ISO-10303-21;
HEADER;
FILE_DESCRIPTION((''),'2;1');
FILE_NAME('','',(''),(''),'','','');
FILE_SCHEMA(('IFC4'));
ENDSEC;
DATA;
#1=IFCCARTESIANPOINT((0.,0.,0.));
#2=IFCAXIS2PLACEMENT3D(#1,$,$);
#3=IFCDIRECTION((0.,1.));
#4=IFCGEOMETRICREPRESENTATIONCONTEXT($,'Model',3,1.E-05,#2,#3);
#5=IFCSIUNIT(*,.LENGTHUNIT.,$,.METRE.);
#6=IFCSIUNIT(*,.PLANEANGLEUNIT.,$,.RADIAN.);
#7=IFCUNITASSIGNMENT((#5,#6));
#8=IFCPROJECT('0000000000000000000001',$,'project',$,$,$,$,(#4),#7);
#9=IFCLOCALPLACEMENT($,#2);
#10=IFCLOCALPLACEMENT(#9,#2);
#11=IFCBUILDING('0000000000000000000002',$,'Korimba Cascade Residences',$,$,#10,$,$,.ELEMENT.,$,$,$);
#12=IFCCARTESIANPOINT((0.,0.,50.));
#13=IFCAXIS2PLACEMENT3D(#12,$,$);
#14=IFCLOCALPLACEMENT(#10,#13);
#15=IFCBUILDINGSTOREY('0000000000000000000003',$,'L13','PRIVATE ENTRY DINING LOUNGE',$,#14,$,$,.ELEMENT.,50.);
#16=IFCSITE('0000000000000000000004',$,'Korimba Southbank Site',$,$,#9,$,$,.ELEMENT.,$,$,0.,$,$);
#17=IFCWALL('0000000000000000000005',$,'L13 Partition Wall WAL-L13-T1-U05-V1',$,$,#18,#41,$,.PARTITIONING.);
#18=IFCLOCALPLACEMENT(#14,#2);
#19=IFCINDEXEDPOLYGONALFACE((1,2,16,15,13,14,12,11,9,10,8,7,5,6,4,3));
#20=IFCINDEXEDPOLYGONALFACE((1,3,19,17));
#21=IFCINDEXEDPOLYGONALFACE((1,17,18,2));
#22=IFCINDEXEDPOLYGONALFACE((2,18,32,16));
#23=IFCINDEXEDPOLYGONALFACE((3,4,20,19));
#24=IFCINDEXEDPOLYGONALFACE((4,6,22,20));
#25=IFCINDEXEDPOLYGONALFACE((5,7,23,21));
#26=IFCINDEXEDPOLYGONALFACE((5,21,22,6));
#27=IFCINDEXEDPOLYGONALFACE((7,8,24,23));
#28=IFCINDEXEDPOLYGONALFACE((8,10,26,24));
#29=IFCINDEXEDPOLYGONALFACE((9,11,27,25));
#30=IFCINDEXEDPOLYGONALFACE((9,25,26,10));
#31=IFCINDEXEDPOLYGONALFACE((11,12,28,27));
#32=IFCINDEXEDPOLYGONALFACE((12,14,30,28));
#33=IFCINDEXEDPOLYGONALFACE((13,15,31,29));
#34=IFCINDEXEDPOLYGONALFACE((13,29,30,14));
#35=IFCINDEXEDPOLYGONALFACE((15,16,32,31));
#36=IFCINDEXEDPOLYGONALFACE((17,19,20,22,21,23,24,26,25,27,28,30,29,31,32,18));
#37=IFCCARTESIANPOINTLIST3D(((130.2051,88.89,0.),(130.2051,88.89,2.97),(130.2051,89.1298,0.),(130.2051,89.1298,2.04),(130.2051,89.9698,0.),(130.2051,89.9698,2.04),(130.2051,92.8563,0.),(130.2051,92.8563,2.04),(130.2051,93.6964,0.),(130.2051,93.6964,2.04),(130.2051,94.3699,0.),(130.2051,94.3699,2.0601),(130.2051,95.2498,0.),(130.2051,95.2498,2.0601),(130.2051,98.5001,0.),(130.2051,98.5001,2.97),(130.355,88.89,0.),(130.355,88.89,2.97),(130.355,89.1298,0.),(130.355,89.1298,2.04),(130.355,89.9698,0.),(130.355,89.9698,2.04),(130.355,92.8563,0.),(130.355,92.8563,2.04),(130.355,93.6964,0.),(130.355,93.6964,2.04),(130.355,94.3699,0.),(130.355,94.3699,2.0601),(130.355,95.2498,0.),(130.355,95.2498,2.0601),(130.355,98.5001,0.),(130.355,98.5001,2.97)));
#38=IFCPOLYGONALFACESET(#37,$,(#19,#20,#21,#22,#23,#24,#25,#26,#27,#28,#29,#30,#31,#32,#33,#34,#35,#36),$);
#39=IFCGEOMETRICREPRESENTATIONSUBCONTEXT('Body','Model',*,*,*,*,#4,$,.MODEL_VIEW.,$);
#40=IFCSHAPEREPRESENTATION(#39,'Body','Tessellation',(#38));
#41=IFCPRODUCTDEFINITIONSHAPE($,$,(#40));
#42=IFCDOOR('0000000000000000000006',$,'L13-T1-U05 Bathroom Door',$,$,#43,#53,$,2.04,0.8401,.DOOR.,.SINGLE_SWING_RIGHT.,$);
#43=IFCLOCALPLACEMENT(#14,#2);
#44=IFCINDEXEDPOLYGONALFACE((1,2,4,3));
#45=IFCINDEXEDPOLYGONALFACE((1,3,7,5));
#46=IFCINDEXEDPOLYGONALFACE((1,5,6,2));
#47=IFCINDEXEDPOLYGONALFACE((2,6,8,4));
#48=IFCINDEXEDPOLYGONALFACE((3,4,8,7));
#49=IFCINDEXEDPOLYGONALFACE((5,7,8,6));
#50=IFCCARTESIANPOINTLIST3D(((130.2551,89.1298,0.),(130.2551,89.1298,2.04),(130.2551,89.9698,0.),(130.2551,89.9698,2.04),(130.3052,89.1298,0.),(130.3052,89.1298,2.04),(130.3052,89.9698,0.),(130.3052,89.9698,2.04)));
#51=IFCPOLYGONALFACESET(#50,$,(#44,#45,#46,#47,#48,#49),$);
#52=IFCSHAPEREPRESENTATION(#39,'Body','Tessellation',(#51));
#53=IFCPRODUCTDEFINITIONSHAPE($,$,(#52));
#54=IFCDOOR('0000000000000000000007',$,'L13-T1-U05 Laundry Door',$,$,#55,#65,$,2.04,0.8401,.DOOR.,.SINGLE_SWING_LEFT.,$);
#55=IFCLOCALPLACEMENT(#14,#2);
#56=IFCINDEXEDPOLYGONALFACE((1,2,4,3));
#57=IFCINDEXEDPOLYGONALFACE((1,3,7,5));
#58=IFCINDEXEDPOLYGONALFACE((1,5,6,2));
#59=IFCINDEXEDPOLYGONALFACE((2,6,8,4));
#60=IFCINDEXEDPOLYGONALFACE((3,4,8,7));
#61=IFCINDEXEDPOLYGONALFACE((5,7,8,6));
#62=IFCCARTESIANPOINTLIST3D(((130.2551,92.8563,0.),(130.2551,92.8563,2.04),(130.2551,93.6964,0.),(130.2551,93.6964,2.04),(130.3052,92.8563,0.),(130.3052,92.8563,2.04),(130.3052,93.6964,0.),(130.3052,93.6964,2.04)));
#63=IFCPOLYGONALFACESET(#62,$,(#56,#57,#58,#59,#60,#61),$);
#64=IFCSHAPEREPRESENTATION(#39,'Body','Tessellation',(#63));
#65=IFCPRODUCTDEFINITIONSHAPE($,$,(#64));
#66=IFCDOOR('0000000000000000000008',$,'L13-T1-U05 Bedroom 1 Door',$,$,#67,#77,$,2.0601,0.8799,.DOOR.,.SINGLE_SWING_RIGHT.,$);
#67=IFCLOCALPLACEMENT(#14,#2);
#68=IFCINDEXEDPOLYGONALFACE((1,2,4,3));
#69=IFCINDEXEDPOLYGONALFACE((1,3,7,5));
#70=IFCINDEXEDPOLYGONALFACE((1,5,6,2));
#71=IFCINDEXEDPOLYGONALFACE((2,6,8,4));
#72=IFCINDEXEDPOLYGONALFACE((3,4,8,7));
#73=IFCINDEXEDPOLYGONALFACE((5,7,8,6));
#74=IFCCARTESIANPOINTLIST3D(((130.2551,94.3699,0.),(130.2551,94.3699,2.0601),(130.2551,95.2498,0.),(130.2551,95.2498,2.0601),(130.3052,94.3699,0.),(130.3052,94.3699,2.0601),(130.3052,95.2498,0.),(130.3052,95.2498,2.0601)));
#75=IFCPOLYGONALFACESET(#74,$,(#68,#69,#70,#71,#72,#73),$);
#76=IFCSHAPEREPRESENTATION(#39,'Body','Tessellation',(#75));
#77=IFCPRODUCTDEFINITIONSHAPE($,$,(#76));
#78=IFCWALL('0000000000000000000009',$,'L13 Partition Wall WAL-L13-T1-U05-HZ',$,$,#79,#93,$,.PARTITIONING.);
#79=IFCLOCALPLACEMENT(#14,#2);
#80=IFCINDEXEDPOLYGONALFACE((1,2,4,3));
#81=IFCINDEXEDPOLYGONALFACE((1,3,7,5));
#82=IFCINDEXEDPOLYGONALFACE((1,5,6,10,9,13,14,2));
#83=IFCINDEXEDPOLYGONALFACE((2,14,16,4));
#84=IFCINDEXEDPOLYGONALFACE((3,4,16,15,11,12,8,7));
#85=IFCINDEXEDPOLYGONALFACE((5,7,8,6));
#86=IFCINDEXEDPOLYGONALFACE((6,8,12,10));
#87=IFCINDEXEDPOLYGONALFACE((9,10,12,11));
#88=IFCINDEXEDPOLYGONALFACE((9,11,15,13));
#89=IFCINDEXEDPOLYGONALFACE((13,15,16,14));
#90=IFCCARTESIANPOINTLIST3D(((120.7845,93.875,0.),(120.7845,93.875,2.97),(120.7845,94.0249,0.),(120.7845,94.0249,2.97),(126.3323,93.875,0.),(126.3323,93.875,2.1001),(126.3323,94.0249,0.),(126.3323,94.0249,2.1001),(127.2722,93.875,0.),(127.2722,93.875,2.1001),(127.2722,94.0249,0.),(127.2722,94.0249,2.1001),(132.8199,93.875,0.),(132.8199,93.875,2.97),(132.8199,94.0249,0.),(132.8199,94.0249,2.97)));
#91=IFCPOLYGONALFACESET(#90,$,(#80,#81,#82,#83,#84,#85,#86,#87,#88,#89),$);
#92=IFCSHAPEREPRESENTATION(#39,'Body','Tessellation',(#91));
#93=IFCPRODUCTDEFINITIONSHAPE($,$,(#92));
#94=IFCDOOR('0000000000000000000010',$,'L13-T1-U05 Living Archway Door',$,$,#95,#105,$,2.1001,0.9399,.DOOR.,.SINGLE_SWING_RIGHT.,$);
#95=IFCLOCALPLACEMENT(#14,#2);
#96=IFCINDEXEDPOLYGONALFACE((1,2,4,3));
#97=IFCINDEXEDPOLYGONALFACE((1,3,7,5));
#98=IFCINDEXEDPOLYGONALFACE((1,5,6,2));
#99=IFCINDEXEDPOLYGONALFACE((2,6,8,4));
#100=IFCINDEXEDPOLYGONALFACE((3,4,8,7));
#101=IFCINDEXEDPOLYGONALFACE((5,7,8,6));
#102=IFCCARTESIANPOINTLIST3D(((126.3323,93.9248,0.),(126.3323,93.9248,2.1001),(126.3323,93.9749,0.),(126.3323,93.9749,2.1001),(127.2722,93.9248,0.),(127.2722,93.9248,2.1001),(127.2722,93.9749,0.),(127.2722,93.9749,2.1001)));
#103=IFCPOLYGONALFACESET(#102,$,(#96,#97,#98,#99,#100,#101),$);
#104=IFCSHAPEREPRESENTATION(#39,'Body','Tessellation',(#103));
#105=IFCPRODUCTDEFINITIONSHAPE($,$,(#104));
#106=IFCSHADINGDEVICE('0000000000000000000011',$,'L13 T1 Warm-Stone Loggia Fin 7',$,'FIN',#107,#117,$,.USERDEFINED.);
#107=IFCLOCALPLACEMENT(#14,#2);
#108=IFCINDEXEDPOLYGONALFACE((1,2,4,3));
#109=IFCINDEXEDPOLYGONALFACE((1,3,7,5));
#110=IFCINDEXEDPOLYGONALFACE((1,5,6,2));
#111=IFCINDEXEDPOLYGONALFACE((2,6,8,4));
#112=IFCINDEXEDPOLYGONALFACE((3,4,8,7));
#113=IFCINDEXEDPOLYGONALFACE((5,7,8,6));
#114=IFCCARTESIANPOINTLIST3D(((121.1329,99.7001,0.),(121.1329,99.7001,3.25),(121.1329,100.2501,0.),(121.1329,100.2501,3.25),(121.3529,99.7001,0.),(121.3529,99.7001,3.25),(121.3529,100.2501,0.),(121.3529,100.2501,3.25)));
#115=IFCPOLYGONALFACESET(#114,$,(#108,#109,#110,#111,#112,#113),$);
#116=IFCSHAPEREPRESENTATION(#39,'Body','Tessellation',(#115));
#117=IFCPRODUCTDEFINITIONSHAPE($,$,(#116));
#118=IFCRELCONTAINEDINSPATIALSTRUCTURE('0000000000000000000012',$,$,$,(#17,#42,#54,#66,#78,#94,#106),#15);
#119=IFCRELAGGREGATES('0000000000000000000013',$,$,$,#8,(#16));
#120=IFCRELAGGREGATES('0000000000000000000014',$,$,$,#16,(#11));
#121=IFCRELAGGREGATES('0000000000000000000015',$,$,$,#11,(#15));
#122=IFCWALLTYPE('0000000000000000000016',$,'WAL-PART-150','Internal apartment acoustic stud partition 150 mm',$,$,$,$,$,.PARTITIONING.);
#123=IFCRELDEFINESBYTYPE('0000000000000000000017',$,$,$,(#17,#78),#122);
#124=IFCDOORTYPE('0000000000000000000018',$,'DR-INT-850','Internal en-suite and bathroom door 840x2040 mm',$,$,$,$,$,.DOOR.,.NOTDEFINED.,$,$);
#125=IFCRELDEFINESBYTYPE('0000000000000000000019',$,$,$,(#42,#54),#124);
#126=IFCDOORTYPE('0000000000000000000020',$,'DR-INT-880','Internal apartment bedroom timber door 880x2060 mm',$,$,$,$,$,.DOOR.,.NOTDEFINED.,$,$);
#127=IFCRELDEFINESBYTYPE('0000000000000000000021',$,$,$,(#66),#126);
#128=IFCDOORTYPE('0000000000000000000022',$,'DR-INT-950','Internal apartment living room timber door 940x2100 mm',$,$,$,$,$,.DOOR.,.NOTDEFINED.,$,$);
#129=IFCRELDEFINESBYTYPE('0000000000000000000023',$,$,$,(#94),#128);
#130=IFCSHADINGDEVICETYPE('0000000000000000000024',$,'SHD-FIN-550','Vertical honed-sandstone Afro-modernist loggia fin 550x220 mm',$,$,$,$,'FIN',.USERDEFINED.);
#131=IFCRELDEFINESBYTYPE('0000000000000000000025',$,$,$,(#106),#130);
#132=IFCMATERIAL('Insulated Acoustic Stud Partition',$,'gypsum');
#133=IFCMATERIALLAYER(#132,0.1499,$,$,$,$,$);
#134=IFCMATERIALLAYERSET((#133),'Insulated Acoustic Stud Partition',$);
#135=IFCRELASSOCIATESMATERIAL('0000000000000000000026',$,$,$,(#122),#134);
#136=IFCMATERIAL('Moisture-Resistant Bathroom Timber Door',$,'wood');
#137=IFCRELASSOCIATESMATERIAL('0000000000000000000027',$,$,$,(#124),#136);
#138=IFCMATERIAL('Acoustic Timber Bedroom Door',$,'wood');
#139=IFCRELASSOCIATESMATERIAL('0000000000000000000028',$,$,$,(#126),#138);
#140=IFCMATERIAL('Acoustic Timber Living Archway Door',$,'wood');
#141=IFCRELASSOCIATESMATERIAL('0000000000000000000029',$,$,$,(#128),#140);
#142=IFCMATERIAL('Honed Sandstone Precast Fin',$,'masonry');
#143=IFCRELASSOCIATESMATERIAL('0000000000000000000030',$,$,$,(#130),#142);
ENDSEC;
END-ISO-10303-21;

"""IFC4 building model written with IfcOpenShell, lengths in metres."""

from ifc_helpers import new_model, si_unit, direction, frame, frame_2d, origin, origin_2d, place, context, subcontext, project, spatial, rectangle, extrude, material, layer, layer_set, type_object, element, fill, save


model = new_model("IFC4")

# Units and contexts
model_context = context("Model", 3, precision=1e-05, world=origin(), true_north=direction((0.0, 1.0)))
body_context = subcontext(model_context, "Body", "Model", "MODEL_VIEW")
ifc_project = project(units=[si_unit("LENGTHUNIT", "METRE"), si_unit("PLANEANGLEUNIT", "RADIAN")], contexts=[model_context])

# Site, building, storey
site_placement = place(None, origin())
site = spatial("IfcSite", under=ifc_project, at=site_placement, Name="Korimba Southbank Site", CompositionType="ELEMENT", RefElevation=0.0)
building_placement = place(site_placement, origin())
building = spatial("IfcBuilding", under=site, at=building_placement, Name="Korimba Cascade Residences", CompositionType="ELEMENT")
storey_placement = place(building_placement, frame((0.0, 0.0, 50.0)))
storey = spatial("IfcBuildingStorey", under=building, at=storey_placement, Name="L13", Description="PRIVATE ENTRY DINING LOUNGE", CompositionType="ELEMENT", Elevation=50.0)

# Shared definitions
ifc_material_1 = material(Name="Insulated Acoustic Stud Partition", Category="gypsum")
ifc_layer = layer(ifc_material_1, 0.1499)
ifc_layer_set = layer_set([ifc_layer], Name="Insulated Acoustic Stud Partition")
wall_type = type_object("IfcWallType", Name="WAL-PART-150", Description="Internal apartment acoustic stud partition 150 mm", PredefinedType="PARTITIONING", material=ifc_layer_set)

# Wall, openings, doors
wall_1_placement = place(storey_placement, frame((130.28, 88.8899, 0.0), z_axis=(0.0, 0.0, 1.0), x_axis=(0.0, 1.0, 0.0)))
wall_1 = element("IfcWall", 1, at=wall_1_placement, inside=storey, type_object=wall_type, Name="L13 Partition Wall WAL-L13-T1-U05-V1", PredefinedType="PARTITIONING", context=body_context, shape_type="SweptSolid", body=[
    extrude(rectangle(XDim=9.6101, YDim=0.1499, at=frame_2d((4.8052, 0.0))), origin(), (0.0, 0.0, 1.0), 2.97),
])
opening_1_placement = place(wall_1_placement, frame((0.24, 0.0, 0.0)))
opening_1 = element("IfcOpeningElement", 2, at=opening_1_placement, cuts=wall_1, PredefinedType="OPENING", context=body_context, shape_type="SweptSolid", body=[
    extrude(rectangle(XDim=0.8401, YDim=2.04, at=frame_2d((0.4199, 1.02))), frame((0.0, 0.085, 0.0), z_axis=(0.0, -1.0, 0.0), x_axis=(1.0, 0.0, 0.0)), (0.0, 0.0, 1.0), 0.1699),
])
opening_2_placement = place(wall_1_placement, frame((3.9666, 0.0, 0.0)))
opening_2 = element("IfcOpeningElement", 3, at=opening_2_placement, cuts=wall_1, PredefinedType="OPENING", context=body_context, shape_type="SweptSolid", body=[
    extrude(rectangle(XDim=0.8401, YDim=2.04, at=frame_2d((0.4199, 1.02))), frame((0.0, 0.085, 0.0), z_axis=(0.0, -1.0, 0.0), x_axis=(1.0, 0.0, 0.0)), (0.0, 0.0, 1.0), 0.1699),
])
opening_3_placement = place(wall_1_placement, frame((5.48, 0.0, 0.0)))
opening_3 = element("IfcOpeningElement", 4, at=opening_3_placement, cuts=wall_1, PredefinedType="OPENING", context=body_context, shape_type="SweptSolid", body=[
    extrude(rectangle(XDim=0.8799, YDim=2.0601, at=frame_2d((0.4399, 1.03))), frame((0.0, 0.085, 0.0), z_axis=(0.0, -1.0, 0.0), x_axis=(1.0, 0.0, 0.0)), (0.0, 0.0, 1.0), 0.1699),
])
ifc_material_2 = material(Name="Moisture-Resistant Bathroom Timber Door", Category="wood")
door_type_1 = type_object("IfcDoorType", Name="DR-INT-850", Description="Internal en-suite and bathroom door 840x2040 mm", OperationType="NOTDEFINED", PredefinedType="DOOR", material=ifc_material_2)
door_1_placement = place(opening_1_placement, origin())
door_1 = element("IfcDoor", 5, at=door_1_placement, inside=storey, type_object=door_type_1, Name="L13-T1-U05 Bathroom Door", OperationType="SINGLE_SWING_RIGHT", OverallHeight=2.04, OverallWidth=0.8401, PredefinedType="DOOR", context=body_context, shape_type="SweptSolid", body=[
    extrude(rectangle(XDim=0.8401, YDim=2.04, at=frame_2d((0.4199, 1.02))), frame((0.0, 0.0249, 0.0), z_axis=(0.0, -1.0, 0.0), x_axis=(1.0, 0.0, 0.0)), (0.0, 0.0, 1.0), 0.05),
])
fill(opening_1, door_1)
door_2_placement = place(opening_2_placement, origin())
door_2 = element("IfcDoor", 6, at=door_2_placement, inside=storey, type_object=door_type_1, Name="L13-T1-U05 Laundry Door", OperationType="SINGLE_SWING_LEFT", OverallHeight=2.04, OverallWidth=0.8401, PredefinedType="DOOR", context=body_context, shape_type="SweptSolid", body=[
    extrude(rectangle(XDim=0.8401, YDim=2.04, at=frame_2d((0.4199, 1.02))), frame((0.0, 0.0249, 0.0), z_axis=(0.0, -1.0, 0.0), x_axis=(1.0, 0.0, 0.0)), (0.0, 0.0, 1.0), 0.05),
])
fill(opening_2, door_2)
ifc_material_3 = material(Name="Acoustic Timber Bedroom Door", Category="wood")
door_type_2 = type_object("IfcDoorType", Name="DR-INT-880", Description="Internal apartment bedroom timber door 880x2060 mm", OperationType="NOTDEFINED", PredefinedType="DOOR", material=ifc_material_3)
door_3_placement = place(opening_3_placement, origin())
door_3 = element("IfcDoor", 7, at=door_3_placement, inside=storey, type_object=door_type_2, Name="L13-T1-U05 Bedroom 1 Door", OperationType="SINGLE_SWING_RIGHT", OverallHeight=2.0601, OverallWidth=0.8799, PredefinedType="DOOR", context=body_context, shape_type="SweptSolid", body=[
    extrude(rectangle(XDim=0.8799, YDim=2.0601, at=frame_2d((0.4399, 1.03))), frame((0.0, 0.0249, 0.0), z_axis=(0.0, -1.0, 0.0), x_axis=(1.0, 0.0, 0.0)), (0.0, 0.0, 1.0), 0.05),
])
fill(opening_3, door_3)

# Wall, opening, door
wall_2_placement = place(storey_placement, frame((120.7847, 93.95, 0.0), z_axis=(0.0, 0.0, 1.0), x_axis=(1.0, 0.0, 0.0)))
wall_2 = element("IfcWall", 8, at=wall_2_placement, inside=storey, type_object=wall_type, Name="L13 Partition Wall WAL-L13-T1-U05-HZ", PredefinedType="PARTITIONING", context=body_context, shape_type="SweptSolid", body=[
    extrude(rectangle(XDim=12.0354, YDim=0.1499, at=frame_2d((6.0176, 0.0))), origin(), (0.0, 0.0, 1.0), 2.97),
])
opening_4_placement = place(wall_2_placement, frame((5.5476, 0.0, 0.0)))
opening_4 = element("IfcOpeningElement", 9, at=opening_4_placement, cuts=wall_2, PredefinedType="OPENING", context=body_context, shape_type="SweptSolid", body=[
    extrude(rectangle(XDim=0.9399, YDim=2.1001, at=frame_2d((0.47, 1.05))), frame((0.0, 0.085, 0.0), z_axis=(0.0, -1.0, 0.0), x_axis=(1.0, 0.0, 0.0)), (0.0, 0.0, 1.0), 0.1699),
])
ifc_material_4 = material(Name="Acoustic Timber Living Archway Door", Category="wood")
door_type_3 = type_object("IfcDoorType", Name="DR-INT-950", Description="Internal apartment living room timber door 940x2100 mm", OperationType="NOTDEFINED", PredefinedType="DOOR", material=ifc_material_4)
door_4_placement = place(opening_4_placement, origin())
door_4 = element("IfcDoor", 10, at=door_4_placement, inside=storey, type_object=door_type_3, Name="L13-T1-U05 Living Archway Door", OperationType="SINGLE_SWING_RIGHT", OverallHeight=2.1001, OverallWidth=0.9399, PredefinedType="DOOR", context=body_context, shape_type="SweptSolid", body=[
    extrude(rectangle(XDim=0.9399, YDim=2.1001, at=frame_2d((0.47, 1.05))), frame((0.0, 0.0249, 0.0), z_axis=(0.0, -1.0, 0.0), x_axis=(1.0, 0.0, 0.0)), (0.0, 0.0, 1.0), 0.05),
])
fill(opening_4, door_4)

# Shading device
ifc_material_5 = material(Name="Honed Sandstone Precast Fin", Category="masonry")
shading_device_type = type_object("IfcShadingDeviceType", Name="SHD-FIN-550", Description="Vertical honed-sandstone Afro-modernist loggia fin 550x220 mm", ElementType="FIN", PredefinedType="USERDEFINED", material=ifc_material_5)
shading_device_placement = place(storey_placement, frame((121.2429, 99.9751, 0.0), z_axis=(0.0, 0.0, 1.0), x_axis=(1.0, 0.0, 0.0)))
element("IfcShadingDevice", 11, at=shading_device_placement, inside=storey, type_object=shading_device_type, Name="L13 T1 Warm-Stone Loggia Fin 7", ObjectType="FIN", PredefinedType="USERDEFINED", context=body_context, shape_type="SweptSolid", body=[
    extrude(rectangle(XDim=0.22, YDim=0.55, at=origin_2d()), origin(), (0.0, 0.0, 1.0), 3.25),
])

save(model, "model.ifc")
